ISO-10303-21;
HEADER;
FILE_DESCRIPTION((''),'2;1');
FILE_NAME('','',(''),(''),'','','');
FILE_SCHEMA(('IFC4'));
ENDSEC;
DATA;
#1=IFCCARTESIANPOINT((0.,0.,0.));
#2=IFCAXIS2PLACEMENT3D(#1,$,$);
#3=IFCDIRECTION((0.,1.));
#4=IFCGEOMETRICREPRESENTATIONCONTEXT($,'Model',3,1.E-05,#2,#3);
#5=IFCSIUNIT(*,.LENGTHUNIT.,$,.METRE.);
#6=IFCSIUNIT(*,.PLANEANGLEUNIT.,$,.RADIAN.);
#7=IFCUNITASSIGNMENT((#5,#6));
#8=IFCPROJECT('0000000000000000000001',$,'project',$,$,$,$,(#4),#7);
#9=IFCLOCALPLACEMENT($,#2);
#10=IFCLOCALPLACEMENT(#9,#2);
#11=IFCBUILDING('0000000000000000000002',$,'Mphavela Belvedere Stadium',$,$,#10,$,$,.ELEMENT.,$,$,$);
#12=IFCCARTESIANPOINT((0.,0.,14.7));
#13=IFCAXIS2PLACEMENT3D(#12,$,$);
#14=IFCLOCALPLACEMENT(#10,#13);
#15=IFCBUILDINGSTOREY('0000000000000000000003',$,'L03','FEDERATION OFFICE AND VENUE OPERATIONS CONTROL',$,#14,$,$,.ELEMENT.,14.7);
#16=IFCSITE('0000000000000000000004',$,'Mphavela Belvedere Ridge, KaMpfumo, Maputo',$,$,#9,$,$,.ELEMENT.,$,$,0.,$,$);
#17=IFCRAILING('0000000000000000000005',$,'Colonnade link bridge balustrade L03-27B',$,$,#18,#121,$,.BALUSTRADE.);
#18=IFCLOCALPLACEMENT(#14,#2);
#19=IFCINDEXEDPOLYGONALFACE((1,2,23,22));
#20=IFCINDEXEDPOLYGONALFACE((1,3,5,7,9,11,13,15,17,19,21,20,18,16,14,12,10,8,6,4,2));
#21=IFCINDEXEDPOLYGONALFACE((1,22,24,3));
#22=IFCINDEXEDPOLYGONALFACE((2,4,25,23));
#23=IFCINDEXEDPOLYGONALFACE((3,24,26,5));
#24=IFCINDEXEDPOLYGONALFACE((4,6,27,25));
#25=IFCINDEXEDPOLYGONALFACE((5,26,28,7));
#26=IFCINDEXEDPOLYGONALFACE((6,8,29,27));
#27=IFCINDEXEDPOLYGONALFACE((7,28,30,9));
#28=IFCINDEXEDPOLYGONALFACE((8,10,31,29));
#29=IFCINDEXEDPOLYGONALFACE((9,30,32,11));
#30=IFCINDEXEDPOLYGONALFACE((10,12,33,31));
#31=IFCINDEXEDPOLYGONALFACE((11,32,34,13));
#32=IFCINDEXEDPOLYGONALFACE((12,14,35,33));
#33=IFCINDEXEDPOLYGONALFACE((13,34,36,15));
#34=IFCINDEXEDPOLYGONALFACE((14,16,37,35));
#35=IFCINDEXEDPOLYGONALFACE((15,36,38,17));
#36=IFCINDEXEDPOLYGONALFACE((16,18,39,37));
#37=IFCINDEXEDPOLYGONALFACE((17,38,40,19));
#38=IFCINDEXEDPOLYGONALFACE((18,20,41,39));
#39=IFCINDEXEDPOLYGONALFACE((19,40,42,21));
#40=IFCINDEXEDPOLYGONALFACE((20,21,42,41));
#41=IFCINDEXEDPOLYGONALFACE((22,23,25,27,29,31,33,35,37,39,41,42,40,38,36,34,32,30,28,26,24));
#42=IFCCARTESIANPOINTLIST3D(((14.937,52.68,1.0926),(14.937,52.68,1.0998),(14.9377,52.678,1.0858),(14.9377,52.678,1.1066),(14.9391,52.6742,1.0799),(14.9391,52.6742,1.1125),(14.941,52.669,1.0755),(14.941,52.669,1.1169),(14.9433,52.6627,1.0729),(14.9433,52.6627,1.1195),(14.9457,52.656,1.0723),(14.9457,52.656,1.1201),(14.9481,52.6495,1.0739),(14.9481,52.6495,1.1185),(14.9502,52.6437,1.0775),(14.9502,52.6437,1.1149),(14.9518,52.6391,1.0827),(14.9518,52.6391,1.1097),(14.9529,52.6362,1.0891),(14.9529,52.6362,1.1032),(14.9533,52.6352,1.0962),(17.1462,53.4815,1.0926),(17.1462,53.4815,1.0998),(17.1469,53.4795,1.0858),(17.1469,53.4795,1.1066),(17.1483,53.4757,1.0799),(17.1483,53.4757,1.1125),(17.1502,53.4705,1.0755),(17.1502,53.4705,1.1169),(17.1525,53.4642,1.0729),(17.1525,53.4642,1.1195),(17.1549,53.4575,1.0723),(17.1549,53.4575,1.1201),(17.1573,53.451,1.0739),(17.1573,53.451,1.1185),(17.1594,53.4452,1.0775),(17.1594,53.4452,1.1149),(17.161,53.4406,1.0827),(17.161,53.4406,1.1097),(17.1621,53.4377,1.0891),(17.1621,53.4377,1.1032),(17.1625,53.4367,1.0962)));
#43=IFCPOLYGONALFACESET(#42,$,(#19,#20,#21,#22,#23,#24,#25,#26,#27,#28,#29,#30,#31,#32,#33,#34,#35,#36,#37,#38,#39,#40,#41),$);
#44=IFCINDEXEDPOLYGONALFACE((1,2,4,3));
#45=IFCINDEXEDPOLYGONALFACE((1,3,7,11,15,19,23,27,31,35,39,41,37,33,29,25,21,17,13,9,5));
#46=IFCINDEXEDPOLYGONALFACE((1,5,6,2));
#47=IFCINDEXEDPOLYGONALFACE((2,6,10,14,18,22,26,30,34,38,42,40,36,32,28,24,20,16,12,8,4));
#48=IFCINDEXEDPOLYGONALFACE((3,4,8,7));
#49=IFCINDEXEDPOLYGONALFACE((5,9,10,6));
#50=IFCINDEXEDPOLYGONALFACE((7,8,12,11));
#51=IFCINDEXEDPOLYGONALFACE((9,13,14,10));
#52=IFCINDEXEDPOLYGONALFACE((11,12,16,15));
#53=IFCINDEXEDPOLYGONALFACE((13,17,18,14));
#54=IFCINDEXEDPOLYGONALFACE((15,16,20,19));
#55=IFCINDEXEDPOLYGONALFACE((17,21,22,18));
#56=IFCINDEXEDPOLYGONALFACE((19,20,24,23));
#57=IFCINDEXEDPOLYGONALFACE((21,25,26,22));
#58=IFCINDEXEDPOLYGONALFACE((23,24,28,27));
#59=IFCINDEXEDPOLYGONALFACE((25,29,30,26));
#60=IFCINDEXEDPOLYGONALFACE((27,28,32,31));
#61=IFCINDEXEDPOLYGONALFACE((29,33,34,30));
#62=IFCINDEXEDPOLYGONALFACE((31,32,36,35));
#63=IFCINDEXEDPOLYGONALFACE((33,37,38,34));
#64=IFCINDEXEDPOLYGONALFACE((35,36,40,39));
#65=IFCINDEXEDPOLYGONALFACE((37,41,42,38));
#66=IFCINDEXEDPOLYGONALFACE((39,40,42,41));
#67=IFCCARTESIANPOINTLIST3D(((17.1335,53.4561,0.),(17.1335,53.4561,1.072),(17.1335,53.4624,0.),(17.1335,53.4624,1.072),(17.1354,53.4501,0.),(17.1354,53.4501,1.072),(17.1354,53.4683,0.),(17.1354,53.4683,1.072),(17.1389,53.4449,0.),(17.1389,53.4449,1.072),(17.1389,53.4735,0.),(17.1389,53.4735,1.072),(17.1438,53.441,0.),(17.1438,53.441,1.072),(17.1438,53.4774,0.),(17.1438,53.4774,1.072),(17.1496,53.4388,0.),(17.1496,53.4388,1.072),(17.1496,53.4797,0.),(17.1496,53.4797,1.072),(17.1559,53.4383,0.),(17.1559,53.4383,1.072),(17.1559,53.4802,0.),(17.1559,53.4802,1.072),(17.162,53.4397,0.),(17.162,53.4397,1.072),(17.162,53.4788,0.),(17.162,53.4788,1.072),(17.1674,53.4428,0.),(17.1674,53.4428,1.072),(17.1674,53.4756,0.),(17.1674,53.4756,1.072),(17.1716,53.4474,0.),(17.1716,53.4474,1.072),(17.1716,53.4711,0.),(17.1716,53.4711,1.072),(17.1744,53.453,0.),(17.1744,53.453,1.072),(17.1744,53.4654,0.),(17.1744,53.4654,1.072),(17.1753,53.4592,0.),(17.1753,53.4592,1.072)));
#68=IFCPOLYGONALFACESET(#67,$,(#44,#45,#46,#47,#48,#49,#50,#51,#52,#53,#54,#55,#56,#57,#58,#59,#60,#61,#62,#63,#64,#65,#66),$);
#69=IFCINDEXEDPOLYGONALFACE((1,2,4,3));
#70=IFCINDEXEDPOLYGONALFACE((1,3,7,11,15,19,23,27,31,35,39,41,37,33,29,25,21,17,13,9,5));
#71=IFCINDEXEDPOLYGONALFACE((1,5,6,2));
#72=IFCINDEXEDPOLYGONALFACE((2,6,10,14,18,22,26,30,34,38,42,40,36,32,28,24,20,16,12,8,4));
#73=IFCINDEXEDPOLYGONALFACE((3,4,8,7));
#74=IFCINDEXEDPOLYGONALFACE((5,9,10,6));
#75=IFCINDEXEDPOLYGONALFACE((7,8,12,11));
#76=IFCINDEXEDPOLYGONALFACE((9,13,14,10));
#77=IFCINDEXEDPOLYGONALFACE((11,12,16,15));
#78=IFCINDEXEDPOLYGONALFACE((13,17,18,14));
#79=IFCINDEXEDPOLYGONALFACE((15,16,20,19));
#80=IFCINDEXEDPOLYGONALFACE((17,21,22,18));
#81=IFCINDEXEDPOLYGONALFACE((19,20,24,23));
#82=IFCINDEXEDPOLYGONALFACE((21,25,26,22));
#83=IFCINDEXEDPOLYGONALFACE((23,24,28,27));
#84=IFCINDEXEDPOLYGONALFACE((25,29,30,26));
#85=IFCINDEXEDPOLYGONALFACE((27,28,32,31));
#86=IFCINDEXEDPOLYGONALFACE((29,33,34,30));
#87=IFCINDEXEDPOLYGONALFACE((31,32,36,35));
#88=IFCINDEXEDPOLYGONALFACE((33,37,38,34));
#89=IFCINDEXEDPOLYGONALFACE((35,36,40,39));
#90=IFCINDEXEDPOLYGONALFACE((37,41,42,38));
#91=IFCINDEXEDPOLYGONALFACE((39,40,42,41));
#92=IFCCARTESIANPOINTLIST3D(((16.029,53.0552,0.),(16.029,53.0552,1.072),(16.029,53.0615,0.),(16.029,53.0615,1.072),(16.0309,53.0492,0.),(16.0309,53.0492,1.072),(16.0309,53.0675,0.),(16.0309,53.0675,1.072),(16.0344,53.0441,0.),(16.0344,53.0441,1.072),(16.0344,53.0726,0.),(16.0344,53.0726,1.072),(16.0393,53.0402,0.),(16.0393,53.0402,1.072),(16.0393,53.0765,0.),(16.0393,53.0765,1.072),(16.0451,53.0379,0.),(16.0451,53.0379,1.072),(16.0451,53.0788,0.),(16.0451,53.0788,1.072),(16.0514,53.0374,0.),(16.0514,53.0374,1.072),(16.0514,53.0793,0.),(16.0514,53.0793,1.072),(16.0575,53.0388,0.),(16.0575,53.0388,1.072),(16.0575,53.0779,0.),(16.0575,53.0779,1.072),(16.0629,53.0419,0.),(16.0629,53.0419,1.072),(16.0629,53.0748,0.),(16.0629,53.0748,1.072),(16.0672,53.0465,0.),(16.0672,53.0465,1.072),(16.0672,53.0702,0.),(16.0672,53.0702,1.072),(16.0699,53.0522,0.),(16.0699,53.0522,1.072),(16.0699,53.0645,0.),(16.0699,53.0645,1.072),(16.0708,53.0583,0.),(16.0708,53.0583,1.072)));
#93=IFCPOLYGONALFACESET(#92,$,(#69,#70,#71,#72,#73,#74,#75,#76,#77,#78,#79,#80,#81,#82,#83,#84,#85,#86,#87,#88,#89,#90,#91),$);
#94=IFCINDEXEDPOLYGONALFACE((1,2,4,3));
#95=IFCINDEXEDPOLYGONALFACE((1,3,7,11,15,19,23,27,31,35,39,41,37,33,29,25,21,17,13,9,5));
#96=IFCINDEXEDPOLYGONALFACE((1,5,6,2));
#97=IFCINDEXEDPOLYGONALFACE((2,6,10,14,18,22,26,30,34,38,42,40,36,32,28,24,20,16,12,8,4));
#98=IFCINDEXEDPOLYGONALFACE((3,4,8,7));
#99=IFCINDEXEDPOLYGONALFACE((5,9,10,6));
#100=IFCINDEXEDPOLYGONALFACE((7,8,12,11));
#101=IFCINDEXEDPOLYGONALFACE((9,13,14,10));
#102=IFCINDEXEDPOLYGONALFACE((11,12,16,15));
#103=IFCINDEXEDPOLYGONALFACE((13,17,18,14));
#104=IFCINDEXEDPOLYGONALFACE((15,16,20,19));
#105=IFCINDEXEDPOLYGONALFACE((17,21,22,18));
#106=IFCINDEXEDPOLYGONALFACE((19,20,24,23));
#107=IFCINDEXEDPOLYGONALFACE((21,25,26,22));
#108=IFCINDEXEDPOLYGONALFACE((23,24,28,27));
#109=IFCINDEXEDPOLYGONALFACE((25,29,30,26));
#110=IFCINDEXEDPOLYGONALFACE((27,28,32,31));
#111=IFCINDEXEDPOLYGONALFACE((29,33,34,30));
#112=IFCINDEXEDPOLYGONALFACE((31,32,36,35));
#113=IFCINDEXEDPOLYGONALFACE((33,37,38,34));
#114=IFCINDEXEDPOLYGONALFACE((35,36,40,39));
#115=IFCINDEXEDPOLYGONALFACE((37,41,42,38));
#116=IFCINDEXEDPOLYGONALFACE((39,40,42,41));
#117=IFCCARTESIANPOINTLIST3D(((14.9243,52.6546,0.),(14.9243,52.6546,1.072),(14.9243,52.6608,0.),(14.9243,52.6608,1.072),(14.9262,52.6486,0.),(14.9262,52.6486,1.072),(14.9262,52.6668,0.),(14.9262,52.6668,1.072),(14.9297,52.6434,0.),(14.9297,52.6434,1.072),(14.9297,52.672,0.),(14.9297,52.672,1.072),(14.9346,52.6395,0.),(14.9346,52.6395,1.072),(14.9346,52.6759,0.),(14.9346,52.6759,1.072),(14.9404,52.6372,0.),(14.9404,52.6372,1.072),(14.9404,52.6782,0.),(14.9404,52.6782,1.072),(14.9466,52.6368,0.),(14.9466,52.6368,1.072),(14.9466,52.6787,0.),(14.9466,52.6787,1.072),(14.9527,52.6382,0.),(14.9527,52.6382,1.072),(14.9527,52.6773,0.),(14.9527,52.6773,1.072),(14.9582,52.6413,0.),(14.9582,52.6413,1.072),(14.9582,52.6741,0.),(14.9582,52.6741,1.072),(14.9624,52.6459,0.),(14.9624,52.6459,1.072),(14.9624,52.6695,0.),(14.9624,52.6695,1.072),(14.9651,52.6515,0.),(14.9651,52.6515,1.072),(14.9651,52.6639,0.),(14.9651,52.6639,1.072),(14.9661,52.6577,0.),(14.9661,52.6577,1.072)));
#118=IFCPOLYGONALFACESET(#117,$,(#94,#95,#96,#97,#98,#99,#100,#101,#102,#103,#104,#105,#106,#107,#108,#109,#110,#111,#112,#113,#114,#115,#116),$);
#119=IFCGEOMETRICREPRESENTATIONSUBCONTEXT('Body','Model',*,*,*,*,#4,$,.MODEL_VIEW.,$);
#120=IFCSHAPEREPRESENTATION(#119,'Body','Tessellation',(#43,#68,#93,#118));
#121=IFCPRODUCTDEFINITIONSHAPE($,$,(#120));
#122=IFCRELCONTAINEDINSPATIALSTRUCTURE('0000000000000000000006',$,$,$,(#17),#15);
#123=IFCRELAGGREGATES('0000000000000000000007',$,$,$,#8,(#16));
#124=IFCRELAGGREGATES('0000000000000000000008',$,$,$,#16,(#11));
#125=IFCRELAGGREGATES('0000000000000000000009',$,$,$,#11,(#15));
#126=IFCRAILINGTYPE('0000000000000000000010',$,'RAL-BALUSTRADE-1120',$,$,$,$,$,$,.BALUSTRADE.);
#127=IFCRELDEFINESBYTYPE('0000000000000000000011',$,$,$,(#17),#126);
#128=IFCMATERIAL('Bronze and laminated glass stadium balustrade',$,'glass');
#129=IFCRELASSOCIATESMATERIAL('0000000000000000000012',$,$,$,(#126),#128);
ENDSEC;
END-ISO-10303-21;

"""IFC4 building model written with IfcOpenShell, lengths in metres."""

from ifc_helpers import new_model, si_unit, direction, frame, origin, origin_2d, place, context, subcontext, project, spatial, circle, extrude, material, type_object, element, save


model = new_model("IFC4")

# Units and contexts
model_context = context("Model", 3, precision=1e-05, world=origin(), true_north=direction((0.0, 1.0)))
body_context = subcontext(model_context, "Body", "Model", "MODEL_VIEW")
ifc_project = project(units=[si_unit("LENGTHUNIT", "METRE"), si_unit("PLANEANGLEUNIT", "RADIAN")], contexts=[model_context])

# Site, building, storey
site_placement = place(None, origin())
site = spatial("IfcSite", under=ifc_project, at=site_placement, Name="Mphavela Belvedere Ridge, KaMpfumo, Maputo", CompositionType="ELEMENT", RefElevation=0.0)
building_placement = place(site_placement, origin())
building = spatial("IfcBuilding", under=site, at=building_placement, Name="Mphavela Belvedere Stadium", CompositionType="ELEMENT")
storey_placement = place(building_placement, frame((0.0, 0.0, 14.7)))
storey = spatial("IfcBuildingStorey", under=building, at=storey_placement, Name="L03", Description="FEDERATION OFFICE AND VENUE OPERATIONS CONTROL", CompositionType="ELEMENT", Elevation=14.7)

# Railing
ifc_material_1 = material(Name="Bronze and laminated glass stadium balustrade", Category="glass")
railing_type_1 = type_object("IfcRailingType", Name="RAL-BALUSTRADE-1120", PredefinedType="BALUSTRADE", material=ifc_material_1)
railing_1_placement = place(storey_placement, frame((17.1543, 53.4592, 0.0)))
element("IfcRailing", 1, at=railing_1_placement, inside=storey, type_object=railing_type_1, Name="Colonnade link bridge balustrade L03-27B", PredefinedType="BALUSTRADE", context=body_context, shape_type="SweptSolid", body=[
    extrude(circle(Radius=0.0239, at=origin_2d()), frame((0.0, 0.0, 1.0962), z_axis=(-0.940045, -0.341051, 0.0), x_axis=(0.341051, -0.940045, 0.0)), (0.0, 0.0, 1.0), 2.3501),
    extrude(circle(Radius=0.021, at=origin_2d()), origin(), (0.0, 0.0, 1.0), 1.072),
    extrude(circle(Radius=0.021, at=origin_2d()), frame((-1.1045, -0.4009, 0.0)), (0.0, 0.0, 1.0), 1.072),
    extrude(circle(Radius=0.021, at=origin_2d()), frame((-2.2092, -0.8015, 0.0)), (0.0, 0.0, 1.0), 1.072),
])

save(model, "model.ifc")
